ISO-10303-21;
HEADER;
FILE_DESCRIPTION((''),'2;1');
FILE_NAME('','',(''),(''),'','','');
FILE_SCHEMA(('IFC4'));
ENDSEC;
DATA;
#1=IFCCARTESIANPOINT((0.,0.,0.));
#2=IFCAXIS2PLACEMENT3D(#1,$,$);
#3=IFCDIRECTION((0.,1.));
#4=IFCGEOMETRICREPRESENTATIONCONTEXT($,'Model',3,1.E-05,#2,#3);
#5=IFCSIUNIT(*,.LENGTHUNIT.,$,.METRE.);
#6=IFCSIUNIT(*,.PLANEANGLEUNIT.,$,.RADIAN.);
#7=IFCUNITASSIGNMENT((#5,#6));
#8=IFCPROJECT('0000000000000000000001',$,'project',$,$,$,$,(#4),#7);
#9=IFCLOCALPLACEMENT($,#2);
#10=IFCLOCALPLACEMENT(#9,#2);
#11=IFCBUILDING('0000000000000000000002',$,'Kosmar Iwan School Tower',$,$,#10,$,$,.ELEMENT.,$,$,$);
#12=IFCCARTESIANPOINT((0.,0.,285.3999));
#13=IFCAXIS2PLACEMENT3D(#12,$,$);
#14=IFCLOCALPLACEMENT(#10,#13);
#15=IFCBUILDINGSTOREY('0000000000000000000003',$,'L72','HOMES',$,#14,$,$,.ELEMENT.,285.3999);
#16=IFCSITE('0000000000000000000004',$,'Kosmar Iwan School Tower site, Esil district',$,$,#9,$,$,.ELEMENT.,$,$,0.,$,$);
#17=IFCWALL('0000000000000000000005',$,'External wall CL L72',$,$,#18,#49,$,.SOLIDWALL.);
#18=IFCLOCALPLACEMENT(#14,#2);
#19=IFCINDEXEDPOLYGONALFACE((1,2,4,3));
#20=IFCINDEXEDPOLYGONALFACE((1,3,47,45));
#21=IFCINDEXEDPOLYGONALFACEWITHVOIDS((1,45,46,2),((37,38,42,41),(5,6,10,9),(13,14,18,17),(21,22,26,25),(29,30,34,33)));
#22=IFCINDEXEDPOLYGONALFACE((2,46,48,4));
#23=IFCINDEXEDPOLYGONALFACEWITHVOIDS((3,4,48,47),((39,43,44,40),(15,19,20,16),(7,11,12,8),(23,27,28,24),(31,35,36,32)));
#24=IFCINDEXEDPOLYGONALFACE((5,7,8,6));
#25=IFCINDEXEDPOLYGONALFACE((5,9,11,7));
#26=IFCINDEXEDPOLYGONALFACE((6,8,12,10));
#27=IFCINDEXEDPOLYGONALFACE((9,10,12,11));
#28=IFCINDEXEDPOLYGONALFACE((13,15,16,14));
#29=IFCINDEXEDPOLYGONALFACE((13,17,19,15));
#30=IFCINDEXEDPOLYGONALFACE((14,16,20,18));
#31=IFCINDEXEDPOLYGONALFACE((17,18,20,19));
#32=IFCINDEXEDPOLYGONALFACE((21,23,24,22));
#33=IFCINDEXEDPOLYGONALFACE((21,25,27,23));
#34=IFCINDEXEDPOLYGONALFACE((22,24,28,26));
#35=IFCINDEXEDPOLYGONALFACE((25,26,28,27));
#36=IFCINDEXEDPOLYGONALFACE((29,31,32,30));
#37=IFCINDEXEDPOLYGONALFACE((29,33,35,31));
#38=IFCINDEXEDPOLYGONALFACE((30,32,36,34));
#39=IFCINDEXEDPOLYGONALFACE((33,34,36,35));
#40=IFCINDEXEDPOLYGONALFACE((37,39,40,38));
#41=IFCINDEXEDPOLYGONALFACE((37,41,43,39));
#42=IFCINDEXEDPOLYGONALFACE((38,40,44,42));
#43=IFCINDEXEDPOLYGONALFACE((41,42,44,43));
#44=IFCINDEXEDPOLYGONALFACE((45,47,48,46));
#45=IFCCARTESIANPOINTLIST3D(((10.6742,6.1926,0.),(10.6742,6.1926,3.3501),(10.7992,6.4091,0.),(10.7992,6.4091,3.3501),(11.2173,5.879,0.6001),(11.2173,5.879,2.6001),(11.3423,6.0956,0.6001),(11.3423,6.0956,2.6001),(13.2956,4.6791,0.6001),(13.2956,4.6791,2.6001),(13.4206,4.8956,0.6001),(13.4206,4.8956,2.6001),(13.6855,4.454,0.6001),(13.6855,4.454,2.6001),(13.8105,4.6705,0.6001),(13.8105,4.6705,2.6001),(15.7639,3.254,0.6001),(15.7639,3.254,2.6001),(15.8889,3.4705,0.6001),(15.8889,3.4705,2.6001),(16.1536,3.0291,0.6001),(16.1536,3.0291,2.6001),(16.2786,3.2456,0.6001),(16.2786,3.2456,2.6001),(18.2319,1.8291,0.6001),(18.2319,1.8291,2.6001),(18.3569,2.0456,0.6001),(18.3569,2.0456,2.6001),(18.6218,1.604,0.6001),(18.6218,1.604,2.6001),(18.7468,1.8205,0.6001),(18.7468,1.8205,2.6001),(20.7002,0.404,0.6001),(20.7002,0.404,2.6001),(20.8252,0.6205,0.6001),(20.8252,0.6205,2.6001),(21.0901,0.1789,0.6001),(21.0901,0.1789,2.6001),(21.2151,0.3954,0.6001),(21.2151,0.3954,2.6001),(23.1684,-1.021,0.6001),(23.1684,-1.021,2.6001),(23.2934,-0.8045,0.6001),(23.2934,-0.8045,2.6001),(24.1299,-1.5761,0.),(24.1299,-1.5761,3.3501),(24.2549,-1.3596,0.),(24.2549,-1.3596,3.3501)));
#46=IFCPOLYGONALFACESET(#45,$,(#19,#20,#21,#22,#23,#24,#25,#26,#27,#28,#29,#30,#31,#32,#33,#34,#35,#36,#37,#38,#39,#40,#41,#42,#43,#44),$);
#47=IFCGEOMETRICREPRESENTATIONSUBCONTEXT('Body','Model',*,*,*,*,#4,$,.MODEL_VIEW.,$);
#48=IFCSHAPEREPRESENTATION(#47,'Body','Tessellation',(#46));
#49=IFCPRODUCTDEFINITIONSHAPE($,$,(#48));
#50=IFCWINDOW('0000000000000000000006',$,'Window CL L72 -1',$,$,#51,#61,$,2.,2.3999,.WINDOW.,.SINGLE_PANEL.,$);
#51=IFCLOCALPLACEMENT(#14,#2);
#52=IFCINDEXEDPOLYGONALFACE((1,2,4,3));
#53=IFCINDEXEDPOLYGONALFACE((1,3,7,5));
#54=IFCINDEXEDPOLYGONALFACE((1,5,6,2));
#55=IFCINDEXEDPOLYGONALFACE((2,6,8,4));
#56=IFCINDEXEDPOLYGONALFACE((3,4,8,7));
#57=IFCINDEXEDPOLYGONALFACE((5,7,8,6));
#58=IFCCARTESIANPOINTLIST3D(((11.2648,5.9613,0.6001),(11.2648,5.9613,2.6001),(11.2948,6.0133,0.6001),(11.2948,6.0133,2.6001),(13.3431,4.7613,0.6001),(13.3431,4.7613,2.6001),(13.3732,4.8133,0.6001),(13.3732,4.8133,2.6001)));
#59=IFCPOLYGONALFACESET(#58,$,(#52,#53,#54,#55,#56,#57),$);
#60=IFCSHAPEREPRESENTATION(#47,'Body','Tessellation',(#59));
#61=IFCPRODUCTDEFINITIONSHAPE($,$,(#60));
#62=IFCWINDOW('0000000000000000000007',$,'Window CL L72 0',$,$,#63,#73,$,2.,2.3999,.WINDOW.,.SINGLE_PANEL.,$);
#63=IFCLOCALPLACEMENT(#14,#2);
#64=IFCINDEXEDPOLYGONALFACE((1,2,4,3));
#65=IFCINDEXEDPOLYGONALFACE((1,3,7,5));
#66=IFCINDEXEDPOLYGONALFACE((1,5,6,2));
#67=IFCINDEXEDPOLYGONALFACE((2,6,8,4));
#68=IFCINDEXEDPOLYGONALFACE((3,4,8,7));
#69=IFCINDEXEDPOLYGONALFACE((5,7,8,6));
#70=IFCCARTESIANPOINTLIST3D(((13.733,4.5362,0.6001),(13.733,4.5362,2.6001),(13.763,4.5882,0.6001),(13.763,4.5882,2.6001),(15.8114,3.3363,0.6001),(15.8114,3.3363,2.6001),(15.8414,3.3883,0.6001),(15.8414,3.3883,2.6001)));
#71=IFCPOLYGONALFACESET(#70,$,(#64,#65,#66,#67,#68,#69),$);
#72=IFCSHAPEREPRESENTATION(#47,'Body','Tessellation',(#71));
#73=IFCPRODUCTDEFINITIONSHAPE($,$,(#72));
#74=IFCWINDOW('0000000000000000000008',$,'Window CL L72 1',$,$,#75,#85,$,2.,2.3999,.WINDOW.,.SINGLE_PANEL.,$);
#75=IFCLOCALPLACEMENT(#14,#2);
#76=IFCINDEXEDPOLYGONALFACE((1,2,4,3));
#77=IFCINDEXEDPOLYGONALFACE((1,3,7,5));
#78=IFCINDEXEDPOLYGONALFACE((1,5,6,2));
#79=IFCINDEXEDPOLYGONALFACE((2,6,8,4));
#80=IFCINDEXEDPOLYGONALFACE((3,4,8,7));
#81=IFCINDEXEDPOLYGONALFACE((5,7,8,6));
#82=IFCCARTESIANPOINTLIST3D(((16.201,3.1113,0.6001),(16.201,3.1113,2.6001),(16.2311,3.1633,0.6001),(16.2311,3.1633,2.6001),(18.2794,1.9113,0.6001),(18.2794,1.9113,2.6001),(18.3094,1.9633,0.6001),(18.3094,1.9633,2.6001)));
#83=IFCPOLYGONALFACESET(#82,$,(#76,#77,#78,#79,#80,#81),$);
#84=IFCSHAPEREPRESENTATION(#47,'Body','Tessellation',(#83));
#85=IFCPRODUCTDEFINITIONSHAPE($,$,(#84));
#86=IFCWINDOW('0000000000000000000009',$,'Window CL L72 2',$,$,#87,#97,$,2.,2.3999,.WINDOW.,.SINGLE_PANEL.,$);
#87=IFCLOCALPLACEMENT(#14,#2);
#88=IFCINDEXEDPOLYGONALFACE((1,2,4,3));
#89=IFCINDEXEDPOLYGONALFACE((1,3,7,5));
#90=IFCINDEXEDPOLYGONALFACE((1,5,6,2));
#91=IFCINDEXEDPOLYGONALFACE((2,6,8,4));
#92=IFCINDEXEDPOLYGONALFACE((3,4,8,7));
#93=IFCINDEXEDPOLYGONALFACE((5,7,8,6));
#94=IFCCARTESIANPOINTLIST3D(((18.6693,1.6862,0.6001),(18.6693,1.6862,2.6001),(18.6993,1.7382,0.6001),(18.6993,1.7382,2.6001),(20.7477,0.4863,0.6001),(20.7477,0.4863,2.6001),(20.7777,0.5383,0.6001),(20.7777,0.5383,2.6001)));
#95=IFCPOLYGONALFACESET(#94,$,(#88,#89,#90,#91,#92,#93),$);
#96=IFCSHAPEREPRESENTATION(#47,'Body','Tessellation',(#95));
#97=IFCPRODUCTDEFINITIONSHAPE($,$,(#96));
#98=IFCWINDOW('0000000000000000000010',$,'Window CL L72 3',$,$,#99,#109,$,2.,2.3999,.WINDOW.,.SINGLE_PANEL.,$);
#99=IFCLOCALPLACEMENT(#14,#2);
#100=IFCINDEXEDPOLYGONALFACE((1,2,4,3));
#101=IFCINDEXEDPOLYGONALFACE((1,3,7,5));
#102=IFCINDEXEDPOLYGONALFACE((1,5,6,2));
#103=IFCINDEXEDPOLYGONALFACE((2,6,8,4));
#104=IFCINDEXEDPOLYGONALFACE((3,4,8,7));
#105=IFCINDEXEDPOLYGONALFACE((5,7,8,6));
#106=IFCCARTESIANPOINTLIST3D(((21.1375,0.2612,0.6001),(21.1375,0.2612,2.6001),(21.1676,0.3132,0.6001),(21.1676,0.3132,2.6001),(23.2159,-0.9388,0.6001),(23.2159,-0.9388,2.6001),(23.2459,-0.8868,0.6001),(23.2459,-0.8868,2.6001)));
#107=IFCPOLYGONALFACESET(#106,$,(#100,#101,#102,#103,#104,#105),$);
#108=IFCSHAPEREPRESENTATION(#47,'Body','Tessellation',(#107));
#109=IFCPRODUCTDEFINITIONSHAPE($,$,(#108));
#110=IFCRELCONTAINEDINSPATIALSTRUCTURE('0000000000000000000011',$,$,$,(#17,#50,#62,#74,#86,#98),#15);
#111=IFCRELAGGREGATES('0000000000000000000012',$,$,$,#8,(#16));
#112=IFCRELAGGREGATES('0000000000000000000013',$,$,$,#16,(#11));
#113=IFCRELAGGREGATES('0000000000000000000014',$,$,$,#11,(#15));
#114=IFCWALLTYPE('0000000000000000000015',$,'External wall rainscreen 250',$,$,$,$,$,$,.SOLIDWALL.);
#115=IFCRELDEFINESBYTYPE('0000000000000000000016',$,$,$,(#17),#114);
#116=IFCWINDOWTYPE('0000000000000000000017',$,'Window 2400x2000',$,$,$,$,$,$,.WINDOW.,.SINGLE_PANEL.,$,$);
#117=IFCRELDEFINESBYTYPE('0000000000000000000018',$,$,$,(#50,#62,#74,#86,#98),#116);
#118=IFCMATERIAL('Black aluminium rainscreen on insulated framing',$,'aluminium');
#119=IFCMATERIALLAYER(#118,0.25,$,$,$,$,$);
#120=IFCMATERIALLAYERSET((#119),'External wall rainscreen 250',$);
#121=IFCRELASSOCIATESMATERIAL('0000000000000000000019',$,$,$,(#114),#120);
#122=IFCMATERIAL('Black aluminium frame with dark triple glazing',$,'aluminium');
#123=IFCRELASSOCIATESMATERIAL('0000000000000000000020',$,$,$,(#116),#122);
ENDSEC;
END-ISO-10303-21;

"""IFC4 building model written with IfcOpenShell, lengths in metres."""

from ifc_helpers import new_model, si_unit, direction, frame, frame_2d, origin, place, context, subcontext, project, spatial, rectangle, extrude, material, layer, layer_set, type_object, element, fill, save


model = new_model("IFC4")

# Units and contexts
model_context = context("Model", 3, precision=1e-05, world=origin(), true_north=direction((0.0, 1.0)))
body_context = subcontext(model_context, "Body", "Model", "MODEL_VIEW")
ifc_project = project(units=[si_unit("LENGTHUNIT", "METRE"), si_unit("PLANEANGLEUNIT", "RADIAN")], contexts=[model_context])

# Site, building, storey
site_placement = place(None, origin())
site = spatial("IfcSite", under=ifc_project, at=site_placement, Name="Kosmar Iwan School Tower site, Esil district", CompositionType="ELEMENT", RefElevation=0.0)
building_placement = place(site_placement, origin())
building = spatial("IfcBuilding", under=site, at=building_placement, Name="Kosmar Iwan School Tower", CompositionType="ELEMENT")
storey_placement = place(building_placement, frame((0.0, 0.0, 285.3999)))
storey = spatial("IfcBuildingStorey", under=building, at=storey_placement, Name="L72", Description="HOMES", CompositionType="ELEMENT", Elevation=285.3999)

# Wall, openings, windows
ifc_material_1 = material(Name="Black aluminium rainscreen on insulated framing", Category="aluminium")
ifc_layer_1 = layer(ifc_material_1, 0.25)
ifc_layer_set_1 = layer_set([ifc_layer_1], Name="External wall rainscreen 250")
wall_type_1 = type_object("IfcWallType", Name="External wall rainscreen 250", PredefinedType="SOLIDWALL", material=ifc_layer_set_1)
wall_1_placement = place(storey_placement, frame((10.7368, 6.3008, 0.0), z_axis=(0.0, 0.0, 1.0), x_axis=(0.866023, -0.500004, 0.0)))
wall_1 = element("IfcWall", 1, at=wall_1_placement, inside=storey, type_object=wall_type_1, Name="External wall CL L72", PredefinedType="SOLIDWALL", context=body_context, shape_type="SweptSolid", body=[
    extrude(rectangle(XDim=15.5374, YDim=0.25, at=frame_2d((7.7686, 0.0))), origin(), (0.0, 0.0, 1.0), 3.3501),
])
opening_1_placement = place(wall_1_placement, frame((0.627, 0.0, 0.6001)))
opening_1 = element("IfcOpeningElement", 2, at=opening_1_placement, cuts=wall_1, PredefinedType="OPENING", context=body_context, shape_type="SweptSolid", body=[
    extrude(rectangle(XDim=2.3999, YDim=2.0, at=frame_2d((1.2, 1.0))), frame((0.0, 0.137, 0.0), z_axis=(0.0, -1.0, 0.0), x_axis=(1.0, 0.0, 0.0)), (0.0, 0.0, 1.0), 0.2739),
])
opening_2_placement = place(wall_1_placement, frame((3.4771, 0.0, 0.6001)))
opening_2 = element("IfcOpeningElement", 3, at=opening_2_placement, cuts=wall_1, PredefinedType="OPENING", context=body_context, shape_type="SweptSolid", body=[
    extrude(rectangle(XDim=2.3999, YDim=2.0, at=frame_2d((1.2, 1.0))), frame((0.0, 0.137, 0.0), z_axis=(0.0, -1.0, 0.0), x_axis=(1.0, 0.0, 0.0)), (0.0, 0.0, 1.0), 0.2739),
])
opening_3_placement = place(wall_1_placement, frame((6.3269, 0.0, 0.6001)))
opening_3 = element("IfcOpeningElement", 4, at=opening_3_placement, cuts=wall_1, PredefinedType="OPENING", context=body_context, shape_type="SweptSolid", body=[
    extrude(rectangle(XDim=2.3999, YDim=2.0, at=frame_2d((1.2, 1.0))), frame((0.0, 0.137, 0.0), z_axis=(0.0, -1.0, 0.0), x_axis=(1.0, 0.0, 0.0)), (0.0, 0.0, 1.0), 0.2739),
])
opening_4_placement = place(wall_1_placement, frame((9.177, 0.0, 0.6001)))
opening_4 = element("IfcOpeningElement", 5, at=opening_4_placement, cuts=wall_1, PredefinedType="OPENING", context=body_context, shape_type="SweptSolid", body=[
    extrude(rectangle(XDim=2.3999, YDim=2.0, at=frame_2d((1.2, 1.0))), frame((0.0, 0.137, 0.0), z_axis=(0.0, -1.0, 0.0), x_axis=(1.0, 0.0, 0.0)), (0.0, 0.0, 1.0), 0.2739),
])
opening_5_placement = place(wall_1_placement, frame((12.0271, 0.0, 0.6001)))
opening_5 = element("IfcOpeningElement", 6, at=opening_5_placement, cuts=wall_1, PredefinedType="OPENING", context=body_context, shape_type="SweptSolid", body=[
    extrude(rectangle(XDim=2.3999, YDim=2.0, at=frame_2d((1.2, 1.0))), frame((0.0, 0.137, 0.0), z_axis=(0.0, -1.0, 0.0), x_axis=(1.0, 0.0, 0.0)), (0.0, 0.0, 1.0), 0.2739),
])
ifc_material_2 = material(Name="Black aluminium frame with dark triple glazing", Category="aluminium")
window_type = type_object("IfcWindowType", Name="Window 2400x2000", PartitioningType="SINGLE_PANEL", PredefinedType="WINDOW", material=ifc_material_2)
window_1_placement = place(opening_1_placement, origin())
window_1 = element("IfcWindow", 7, at=window_1_placement, inside=storey, type_object=window_type, Name="Window CL L72 -1", OverallHeight=2.0, OverallWidth=2.3999, PartitioningType="SINGLE_PANEL", PredefinedType="WINDOW", context=body_context, shape_type="SweptSolid", body=[
    extrude(rectangle(XDim=2.3999, YDim=2.0, at=frame_2d((1.2, 1.0))), frame((0.0, 0.03, 0.0), z_axis=(0.0, -1.0, 0.0), x_axis=(1.0, 0.0, 0.0)), (0.0, 0.0, 1.0), 0.0601),
])
fill(opening_1, window_1)
window_2_placement = place(opening_2_placement, origin())
window_2 = element("IfcWindow", 8, at=window_2_placement, inside=storey, type_object=window_type, Name="Window CL L72 0", OverallHeight=2.0, OverallWidth=2.3999, PartitioningType="SINGLE_PANEL", PredefinedType="WINDOW", context=body_context, shape_type="SweptSolid", body=[
    extrude(rectangle(XDim=2.3999, YDim=2.0, at=frame_2d((1.2, 1.0))), frame((0.0, 0.03, 0.0), z_axis=(0.0, -1.0, 0.0), x_axis=(1.0, 0.0, 0.0)), (0.0, 0.0, 1.0), 0.0601),
])
fill(opening_2, window_2)
window_3_placement = place(opening_3_placement, origin())
window_3 = element("IfcWindow", 9, at=window_3_placement, inside=storey, type_object=window_type, Name="Window CL L72 1", OverallHeight=2.0, OverallWidth=2.3999, PartitioningType="SINGLE_PANEL", PredefinedType="WINDOW", context=body_context, shape_type="SweptSolid", body=[
    extrude(rectangle(XDim=2.3999, YDim=2.0, at=frame_2d((1.2, 1.0))), frame((0.0, 0.03, 0.0), z_axis=(0.0, -1.0, 0.0), x_axis=(1.0, 0.0, 0.0)), (0.0, 0.0, 1.0), 0.0601),
])
fill(opening_3, window_3)
window_4_placement = place(opening_4_placement, origin())
window_4 = element("IfcWindow", 10, at=window_4_placement, inside=storey, type_object=window_type, Name="Window CL L72 2", OverallHeight=2.0, OverallWidth=2.3999, PartitioningType="SINGLE_PANEL", PredefinedType="WINDOW", context=body_context, shape_type="SweptSolid", body=[
    extrude(rectangle(XDim=2.3999, YDim=2.0, at=frame_2d((1.2, 1.0))), frame((0.0, 0.03, 0.0), z_axis=(0.0, -1.0, 0.0), x_axis=(1.0, 0.0, 0.0)), (0.0, 0.0, 1.0), 0.0601),
])
fill(opening_4, window_4)
window_5_placement = place(opening_5_placement, origin())
window_5 = element("IfcWindow", 11, at=window_5_placement, inside=storey, type_object=window_type, Name="Window CL L72 3", OverallHeight=2.0, OverallWidth=2.3999, PartitioningType="SINGLE_PANEL", PredefinedType="WINDOW", context=body_context, shape_type="SweptSolid", body=[
    extrude(rectangle(XDim=2.3999, YDim=2.0, at=frame_2d((1.2, 1.0))), frame((0.0, 0.03, 0.0), z_axis=(0.0, -1.0, 0.0), x_axis=(1.0, 0.0, 0.0)), (0.0, 0.0, 1.0), 0.0601),
])
fill(opening_5, window_5)

save(model, "model.ifc")
